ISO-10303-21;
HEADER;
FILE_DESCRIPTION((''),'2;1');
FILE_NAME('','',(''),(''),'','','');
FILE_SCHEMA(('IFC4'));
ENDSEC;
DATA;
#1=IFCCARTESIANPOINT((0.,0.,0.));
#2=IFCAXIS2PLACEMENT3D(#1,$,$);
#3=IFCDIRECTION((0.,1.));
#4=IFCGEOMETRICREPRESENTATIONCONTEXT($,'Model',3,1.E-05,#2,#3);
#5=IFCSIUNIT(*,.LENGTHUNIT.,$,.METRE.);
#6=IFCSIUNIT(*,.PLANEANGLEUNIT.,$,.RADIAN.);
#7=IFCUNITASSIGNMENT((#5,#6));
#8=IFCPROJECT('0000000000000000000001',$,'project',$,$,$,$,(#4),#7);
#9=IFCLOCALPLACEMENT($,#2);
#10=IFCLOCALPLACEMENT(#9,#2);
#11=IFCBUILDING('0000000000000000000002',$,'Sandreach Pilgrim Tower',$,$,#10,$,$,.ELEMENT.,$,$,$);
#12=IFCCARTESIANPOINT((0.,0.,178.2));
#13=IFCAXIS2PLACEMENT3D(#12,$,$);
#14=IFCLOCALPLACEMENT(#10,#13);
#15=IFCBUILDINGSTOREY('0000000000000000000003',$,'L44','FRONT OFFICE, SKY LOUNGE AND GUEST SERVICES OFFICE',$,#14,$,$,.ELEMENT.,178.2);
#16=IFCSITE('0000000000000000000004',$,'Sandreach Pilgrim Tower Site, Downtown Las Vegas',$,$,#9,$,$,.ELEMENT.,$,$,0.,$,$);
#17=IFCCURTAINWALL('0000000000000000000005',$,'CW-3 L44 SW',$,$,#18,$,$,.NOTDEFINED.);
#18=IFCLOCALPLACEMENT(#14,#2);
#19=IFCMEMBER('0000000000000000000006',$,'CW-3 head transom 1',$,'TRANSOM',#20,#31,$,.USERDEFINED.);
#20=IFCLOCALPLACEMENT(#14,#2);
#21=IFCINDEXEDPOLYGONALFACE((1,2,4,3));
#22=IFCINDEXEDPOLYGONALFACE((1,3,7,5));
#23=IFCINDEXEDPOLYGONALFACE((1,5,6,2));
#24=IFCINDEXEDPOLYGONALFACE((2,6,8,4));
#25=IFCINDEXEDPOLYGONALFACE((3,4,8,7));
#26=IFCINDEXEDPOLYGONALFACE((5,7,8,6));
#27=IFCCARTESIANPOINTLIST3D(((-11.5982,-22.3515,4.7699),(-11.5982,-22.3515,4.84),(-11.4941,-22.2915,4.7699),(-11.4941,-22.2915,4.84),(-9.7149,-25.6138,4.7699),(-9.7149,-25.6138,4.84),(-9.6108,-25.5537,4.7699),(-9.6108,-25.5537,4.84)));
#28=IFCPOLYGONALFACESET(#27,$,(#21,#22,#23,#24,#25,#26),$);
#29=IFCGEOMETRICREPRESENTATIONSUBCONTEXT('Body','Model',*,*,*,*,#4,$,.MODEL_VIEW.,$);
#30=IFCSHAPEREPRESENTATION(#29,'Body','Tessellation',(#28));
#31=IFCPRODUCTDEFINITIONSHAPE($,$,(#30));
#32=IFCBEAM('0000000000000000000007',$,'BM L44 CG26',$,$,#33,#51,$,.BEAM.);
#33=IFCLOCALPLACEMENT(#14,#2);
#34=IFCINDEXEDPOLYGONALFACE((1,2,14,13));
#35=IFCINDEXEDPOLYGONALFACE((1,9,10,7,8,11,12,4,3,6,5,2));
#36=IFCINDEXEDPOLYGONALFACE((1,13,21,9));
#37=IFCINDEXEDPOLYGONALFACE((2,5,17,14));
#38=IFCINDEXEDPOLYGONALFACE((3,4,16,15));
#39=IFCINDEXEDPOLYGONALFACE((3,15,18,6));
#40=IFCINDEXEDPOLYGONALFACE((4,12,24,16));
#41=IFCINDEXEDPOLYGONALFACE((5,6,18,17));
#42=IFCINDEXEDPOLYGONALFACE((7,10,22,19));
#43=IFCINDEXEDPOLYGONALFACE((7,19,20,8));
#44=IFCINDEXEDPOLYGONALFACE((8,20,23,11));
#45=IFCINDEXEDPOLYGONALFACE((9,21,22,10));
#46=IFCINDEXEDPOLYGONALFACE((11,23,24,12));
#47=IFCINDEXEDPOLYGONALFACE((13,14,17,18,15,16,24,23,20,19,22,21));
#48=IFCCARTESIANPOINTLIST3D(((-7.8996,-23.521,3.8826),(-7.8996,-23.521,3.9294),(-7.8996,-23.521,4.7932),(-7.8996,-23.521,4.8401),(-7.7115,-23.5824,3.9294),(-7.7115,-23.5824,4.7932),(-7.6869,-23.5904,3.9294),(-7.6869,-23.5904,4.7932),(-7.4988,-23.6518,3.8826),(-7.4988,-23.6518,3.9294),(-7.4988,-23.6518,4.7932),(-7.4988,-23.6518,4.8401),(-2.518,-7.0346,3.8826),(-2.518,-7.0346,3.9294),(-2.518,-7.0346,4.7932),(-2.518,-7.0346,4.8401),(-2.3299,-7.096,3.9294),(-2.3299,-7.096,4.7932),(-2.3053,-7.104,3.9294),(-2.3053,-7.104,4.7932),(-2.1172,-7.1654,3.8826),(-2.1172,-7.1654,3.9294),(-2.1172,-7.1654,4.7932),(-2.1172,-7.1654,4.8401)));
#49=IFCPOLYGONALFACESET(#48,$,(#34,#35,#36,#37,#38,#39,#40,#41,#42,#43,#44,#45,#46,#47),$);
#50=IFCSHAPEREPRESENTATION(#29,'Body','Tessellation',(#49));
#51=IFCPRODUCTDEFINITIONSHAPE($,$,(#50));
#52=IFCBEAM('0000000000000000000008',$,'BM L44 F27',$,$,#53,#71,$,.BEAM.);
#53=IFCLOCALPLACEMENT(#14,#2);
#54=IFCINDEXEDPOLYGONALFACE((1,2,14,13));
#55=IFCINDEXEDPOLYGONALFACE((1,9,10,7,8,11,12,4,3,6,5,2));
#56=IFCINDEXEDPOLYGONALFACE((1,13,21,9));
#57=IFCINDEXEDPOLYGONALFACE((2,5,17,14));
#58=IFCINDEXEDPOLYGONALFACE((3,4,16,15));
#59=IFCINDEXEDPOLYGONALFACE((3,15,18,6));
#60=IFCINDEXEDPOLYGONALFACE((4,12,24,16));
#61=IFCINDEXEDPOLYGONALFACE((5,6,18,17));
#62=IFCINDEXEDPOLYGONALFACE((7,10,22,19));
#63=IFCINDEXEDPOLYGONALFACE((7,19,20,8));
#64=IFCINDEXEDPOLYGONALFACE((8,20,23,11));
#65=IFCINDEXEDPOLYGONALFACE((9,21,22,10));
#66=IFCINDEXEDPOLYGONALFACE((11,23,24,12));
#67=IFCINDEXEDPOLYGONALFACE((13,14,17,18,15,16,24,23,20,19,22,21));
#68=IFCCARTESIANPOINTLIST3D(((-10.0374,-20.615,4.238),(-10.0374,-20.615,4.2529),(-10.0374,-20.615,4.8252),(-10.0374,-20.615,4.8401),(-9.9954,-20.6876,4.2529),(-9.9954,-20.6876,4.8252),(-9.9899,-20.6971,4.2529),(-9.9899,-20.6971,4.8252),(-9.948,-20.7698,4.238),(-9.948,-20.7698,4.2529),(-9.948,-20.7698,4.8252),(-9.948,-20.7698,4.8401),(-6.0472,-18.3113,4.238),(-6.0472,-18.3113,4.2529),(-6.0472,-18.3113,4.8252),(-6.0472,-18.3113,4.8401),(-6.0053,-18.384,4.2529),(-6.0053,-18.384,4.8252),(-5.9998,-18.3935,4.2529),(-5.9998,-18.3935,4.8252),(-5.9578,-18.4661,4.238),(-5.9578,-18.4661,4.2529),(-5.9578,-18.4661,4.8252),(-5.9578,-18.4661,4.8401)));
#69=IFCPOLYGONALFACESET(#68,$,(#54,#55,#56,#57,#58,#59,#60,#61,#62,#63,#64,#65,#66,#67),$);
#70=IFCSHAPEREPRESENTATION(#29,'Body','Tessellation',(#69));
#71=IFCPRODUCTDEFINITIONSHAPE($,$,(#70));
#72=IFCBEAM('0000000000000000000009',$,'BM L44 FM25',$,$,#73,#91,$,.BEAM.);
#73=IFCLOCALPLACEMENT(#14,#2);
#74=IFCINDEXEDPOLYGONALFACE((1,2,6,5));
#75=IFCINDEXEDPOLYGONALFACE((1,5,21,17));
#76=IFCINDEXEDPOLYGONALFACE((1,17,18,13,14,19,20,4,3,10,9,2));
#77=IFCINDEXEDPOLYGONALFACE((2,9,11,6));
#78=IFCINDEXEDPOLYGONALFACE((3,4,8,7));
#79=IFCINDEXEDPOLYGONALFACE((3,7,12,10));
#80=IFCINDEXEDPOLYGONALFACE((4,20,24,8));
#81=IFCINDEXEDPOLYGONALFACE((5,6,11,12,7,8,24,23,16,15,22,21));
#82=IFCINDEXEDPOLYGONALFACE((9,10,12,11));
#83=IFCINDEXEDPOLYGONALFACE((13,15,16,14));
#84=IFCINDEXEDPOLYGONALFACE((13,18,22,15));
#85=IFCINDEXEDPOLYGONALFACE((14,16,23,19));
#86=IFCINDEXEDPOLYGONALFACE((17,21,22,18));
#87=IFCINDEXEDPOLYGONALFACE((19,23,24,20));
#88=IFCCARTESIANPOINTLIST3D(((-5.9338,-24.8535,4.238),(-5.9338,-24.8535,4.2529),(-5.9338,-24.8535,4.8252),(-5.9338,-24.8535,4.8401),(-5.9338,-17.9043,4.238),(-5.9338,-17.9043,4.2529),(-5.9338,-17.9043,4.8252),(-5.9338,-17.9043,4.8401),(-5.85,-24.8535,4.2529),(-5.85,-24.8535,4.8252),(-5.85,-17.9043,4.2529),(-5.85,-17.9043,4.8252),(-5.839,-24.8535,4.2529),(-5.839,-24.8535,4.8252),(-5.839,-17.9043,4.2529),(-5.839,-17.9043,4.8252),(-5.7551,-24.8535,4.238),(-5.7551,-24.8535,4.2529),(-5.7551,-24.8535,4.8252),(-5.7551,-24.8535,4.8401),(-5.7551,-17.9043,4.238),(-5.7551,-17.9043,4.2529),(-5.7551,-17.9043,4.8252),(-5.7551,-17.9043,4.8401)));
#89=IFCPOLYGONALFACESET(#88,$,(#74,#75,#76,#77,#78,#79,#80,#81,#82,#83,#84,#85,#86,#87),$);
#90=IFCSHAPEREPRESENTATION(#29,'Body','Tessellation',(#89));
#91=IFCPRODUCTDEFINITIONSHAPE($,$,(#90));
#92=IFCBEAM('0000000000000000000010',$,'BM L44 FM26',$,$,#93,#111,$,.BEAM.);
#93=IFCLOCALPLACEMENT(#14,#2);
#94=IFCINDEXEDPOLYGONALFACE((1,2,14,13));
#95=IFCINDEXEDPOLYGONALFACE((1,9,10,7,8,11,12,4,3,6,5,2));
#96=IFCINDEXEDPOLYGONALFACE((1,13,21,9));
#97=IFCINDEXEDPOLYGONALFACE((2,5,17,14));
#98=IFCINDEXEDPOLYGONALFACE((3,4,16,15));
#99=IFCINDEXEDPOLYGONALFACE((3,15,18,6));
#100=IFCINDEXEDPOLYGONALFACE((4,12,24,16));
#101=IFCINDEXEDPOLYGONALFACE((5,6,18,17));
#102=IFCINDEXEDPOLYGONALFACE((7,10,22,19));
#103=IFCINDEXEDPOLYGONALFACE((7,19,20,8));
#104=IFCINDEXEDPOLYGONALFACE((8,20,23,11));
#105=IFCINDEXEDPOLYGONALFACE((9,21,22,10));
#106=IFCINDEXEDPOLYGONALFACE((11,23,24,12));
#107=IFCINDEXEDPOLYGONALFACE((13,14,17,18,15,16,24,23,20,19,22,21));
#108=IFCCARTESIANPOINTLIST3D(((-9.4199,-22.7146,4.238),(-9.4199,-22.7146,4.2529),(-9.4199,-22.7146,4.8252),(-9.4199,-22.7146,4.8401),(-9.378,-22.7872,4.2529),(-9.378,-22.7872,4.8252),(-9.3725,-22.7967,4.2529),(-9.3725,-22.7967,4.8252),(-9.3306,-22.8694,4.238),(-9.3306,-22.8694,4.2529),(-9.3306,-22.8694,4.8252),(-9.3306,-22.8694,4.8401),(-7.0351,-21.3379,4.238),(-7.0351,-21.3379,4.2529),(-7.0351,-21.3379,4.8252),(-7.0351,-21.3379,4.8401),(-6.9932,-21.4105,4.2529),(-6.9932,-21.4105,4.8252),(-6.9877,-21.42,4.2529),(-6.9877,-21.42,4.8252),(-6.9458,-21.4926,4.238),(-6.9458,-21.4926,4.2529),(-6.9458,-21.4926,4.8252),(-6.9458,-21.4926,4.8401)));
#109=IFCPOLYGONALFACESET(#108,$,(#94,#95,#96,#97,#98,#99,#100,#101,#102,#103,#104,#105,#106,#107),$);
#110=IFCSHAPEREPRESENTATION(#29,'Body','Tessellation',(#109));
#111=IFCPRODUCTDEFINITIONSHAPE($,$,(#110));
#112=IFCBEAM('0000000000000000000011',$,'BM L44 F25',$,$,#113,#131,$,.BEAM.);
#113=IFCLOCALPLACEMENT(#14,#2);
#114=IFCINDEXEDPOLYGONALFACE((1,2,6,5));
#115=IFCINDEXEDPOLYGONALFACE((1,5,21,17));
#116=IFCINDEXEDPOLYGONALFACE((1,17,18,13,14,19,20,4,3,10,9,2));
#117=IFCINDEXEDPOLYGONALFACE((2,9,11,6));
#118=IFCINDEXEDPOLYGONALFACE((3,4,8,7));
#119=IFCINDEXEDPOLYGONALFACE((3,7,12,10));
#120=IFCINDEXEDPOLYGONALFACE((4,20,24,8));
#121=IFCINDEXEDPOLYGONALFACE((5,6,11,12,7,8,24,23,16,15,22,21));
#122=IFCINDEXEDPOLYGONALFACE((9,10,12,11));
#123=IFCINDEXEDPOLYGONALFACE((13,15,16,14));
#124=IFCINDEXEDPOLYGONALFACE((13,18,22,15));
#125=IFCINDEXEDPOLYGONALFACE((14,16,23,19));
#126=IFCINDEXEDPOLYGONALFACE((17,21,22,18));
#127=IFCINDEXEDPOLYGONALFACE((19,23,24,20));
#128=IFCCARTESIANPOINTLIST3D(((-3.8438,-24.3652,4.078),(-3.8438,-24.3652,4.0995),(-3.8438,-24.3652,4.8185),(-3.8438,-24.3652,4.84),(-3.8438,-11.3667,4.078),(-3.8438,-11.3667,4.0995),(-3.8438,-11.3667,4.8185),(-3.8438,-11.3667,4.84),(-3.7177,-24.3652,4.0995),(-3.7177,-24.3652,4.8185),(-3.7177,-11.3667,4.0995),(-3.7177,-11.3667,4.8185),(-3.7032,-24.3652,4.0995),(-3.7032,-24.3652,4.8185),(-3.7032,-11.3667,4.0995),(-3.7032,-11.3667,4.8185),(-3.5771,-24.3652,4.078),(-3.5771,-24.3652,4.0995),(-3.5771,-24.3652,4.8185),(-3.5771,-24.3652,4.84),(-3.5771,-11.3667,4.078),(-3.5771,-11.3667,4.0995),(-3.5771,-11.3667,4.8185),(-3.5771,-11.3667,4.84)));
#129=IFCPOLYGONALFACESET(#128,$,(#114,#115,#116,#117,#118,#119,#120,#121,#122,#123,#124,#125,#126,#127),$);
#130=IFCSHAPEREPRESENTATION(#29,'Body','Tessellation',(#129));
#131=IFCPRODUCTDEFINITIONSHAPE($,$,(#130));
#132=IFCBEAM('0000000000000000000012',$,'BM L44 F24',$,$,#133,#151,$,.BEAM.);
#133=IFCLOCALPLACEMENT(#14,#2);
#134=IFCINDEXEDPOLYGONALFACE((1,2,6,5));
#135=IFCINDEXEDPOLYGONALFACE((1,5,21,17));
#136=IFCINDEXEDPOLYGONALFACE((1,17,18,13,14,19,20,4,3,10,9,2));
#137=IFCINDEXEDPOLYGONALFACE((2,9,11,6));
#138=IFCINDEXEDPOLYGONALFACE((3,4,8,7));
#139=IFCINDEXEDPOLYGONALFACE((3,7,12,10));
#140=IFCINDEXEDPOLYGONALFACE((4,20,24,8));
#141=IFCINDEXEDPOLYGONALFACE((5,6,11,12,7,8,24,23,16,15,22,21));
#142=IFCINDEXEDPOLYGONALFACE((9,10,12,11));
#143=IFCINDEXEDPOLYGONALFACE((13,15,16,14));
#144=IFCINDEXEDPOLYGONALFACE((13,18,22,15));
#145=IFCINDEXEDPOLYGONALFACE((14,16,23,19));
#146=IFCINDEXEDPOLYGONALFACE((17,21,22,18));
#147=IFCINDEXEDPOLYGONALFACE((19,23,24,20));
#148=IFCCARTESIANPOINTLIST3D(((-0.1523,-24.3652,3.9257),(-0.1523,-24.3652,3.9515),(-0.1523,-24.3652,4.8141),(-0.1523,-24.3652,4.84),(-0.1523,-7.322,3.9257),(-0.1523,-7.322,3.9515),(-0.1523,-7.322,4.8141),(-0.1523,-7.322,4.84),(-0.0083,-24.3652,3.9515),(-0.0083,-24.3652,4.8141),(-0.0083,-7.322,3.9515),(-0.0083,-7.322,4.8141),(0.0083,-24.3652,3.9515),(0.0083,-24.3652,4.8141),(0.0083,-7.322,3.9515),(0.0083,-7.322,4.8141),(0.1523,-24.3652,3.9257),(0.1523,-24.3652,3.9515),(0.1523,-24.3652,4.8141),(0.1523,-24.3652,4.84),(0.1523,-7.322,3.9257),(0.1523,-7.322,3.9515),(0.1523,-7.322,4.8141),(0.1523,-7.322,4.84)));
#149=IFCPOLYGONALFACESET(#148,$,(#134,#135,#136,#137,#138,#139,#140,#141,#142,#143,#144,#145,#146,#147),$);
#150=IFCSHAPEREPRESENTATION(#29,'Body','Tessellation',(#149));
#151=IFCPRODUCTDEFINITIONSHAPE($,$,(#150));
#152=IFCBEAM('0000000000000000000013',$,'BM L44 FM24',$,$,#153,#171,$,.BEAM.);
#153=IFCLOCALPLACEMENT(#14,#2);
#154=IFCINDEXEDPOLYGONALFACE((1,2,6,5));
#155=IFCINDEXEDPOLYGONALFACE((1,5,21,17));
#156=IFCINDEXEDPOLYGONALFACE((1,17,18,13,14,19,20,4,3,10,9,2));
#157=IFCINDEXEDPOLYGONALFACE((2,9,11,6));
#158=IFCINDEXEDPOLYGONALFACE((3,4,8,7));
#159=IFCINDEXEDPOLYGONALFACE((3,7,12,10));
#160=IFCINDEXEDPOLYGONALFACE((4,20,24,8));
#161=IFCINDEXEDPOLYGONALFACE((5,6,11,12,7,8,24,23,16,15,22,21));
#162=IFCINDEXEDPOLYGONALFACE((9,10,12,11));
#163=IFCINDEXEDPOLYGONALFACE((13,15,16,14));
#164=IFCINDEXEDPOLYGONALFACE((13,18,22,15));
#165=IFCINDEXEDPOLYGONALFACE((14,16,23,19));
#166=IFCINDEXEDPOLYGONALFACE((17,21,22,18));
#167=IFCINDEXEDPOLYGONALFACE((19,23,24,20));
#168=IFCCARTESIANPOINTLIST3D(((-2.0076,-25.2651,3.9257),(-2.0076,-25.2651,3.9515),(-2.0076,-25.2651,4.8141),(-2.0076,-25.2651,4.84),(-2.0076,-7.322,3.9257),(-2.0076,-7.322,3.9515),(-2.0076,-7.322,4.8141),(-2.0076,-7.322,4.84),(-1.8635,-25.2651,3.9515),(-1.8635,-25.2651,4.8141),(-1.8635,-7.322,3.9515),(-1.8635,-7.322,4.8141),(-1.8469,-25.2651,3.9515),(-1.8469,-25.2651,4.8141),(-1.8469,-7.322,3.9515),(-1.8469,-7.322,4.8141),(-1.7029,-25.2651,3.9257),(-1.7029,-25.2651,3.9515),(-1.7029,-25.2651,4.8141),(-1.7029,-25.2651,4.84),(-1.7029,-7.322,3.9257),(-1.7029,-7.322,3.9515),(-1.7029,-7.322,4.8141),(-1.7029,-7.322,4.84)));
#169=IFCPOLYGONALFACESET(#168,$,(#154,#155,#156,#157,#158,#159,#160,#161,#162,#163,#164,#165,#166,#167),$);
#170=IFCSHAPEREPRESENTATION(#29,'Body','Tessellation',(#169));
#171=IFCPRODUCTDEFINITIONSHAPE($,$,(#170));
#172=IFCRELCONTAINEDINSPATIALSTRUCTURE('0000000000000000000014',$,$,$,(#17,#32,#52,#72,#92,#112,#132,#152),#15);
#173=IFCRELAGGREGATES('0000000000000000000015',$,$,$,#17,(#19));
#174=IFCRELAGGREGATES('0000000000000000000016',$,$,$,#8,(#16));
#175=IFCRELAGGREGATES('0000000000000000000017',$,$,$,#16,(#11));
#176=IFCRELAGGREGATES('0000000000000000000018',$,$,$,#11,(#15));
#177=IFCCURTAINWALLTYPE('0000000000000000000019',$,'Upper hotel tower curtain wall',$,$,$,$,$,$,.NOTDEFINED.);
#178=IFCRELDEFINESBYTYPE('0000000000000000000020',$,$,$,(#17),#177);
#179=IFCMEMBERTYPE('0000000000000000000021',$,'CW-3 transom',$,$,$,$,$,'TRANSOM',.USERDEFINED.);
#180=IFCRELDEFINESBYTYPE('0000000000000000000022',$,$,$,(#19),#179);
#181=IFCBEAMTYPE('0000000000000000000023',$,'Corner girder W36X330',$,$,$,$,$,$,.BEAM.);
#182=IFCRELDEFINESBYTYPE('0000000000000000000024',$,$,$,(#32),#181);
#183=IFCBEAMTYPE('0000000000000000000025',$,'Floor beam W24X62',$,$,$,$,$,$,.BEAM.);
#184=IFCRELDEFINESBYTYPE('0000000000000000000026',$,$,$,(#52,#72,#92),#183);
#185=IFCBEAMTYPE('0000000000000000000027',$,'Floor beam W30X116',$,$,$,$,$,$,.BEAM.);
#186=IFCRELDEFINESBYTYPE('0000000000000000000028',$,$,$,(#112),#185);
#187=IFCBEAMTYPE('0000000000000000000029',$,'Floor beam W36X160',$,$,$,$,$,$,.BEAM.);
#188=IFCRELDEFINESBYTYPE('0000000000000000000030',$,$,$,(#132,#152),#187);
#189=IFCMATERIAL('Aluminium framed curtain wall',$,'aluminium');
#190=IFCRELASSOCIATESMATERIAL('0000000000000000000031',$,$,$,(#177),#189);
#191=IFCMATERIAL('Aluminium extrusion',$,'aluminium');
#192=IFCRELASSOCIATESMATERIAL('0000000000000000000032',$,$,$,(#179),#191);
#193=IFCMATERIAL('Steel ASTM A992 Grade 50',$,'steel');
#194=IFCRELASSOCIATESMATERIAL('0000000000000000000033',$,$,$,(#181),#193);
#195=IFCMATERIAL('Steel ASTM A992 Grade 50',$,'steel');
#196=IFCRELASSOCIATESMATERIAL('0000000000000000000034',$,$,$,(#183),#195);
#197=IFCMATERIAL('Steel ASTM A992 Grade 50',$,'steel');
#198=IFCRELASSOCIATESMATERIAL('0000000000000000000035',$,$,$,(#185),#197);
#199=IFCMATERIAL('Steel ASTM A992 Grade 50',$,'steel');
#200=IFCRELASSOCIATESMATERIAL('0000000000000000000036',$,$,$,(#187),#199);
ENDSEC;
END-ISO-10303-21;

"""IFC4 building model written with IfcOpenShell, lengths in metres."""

from ifc_helpers import new_model, si_unit, direction, frame, origin, origin_2d, place, context, subcontext, project, spatial, rectangle, i_section, extrude, material, material_profile, profile_set, type_object, element, aggregate, save


model = new_model("IFC4")

# Units and contexts
model_context = context("Model", 3, precision=1e-05, world=origin(), true_north=direction((0.0, 1.0)))
body_context = subcontext(model_context, "Body", "Model", "MODEL_VIEW")
ifc_project = project(units=[si_unit("LENGTHUNIT", "METRE"), si_unit("PLANEANGLEUNIT", "RADIAN")], contexts=[model_context])

# Site, building, storey
site_placement = place(None, origin())
site = spatial("IfcSite", under=ifc_project, at=site_placement, Name="Sandreach Pilgrim Tower Site, Downtown Las Vegas", CompositionType="ELEMENT", RefElevation=0.0)
building_placement = place(site_placement, origin())
building = spatial("IfcBuilding", under=site, at=building_placement, Name="Sandreach Pilgrim Tower", CompositionType="ELEMENT")
storey_placement = place(building_placement, frame((0.0, 0.0, 178.2)))
storey = spatial("IfcBuildingStorey", under=building, at=storey_placement, Name="L44", Description="FRONT OFFICE, SKY LOUNGE AND GUEST SERVICES OFFICE", CompositionType="ELEMENT", Elevation=178.2)

# Curtain wall, member
ifc_material_1 = material(Name="Aluminium framed curtain wall", Category="aluminium")
curtain_wall_type = type_object("IfcCurtainWallType", Name="Upper hotel tower curtain wall", PredefinedType="NOTDEFINED", material=ifc_material_1)
curtain_wall_placement = place(storey_placement, origin())
curtain_wall = element("IfcCurtainWall", 1, at=curtain_wall_placement, inside=storey, type_object=curtain_wall_type, Name="CW-3 L44 SW", PredefinedType="NOTDEFINED")
ifc_material_2 = material(Name="Aluminium extrusion", Category="aluminium")
ifc_material_profile_1 = material_profile(ifc_material_2, rectangle(XDim=0.1201, YDim=0.0701, at=origin_2d()), Name="CW-3T 120X70")
ifc_profile_set_1 = profile_set([ifc_material_profile_1], Name="Aluminium extrusion")
member_type = type_object("IfcMemberType", Name="CW-3 transom", ElementType="TRANSOM", PredefinedType="USERDEFINED", material=ifc_profile_set_1)
member_placement = place(storey_placement, frame((-9.6628, -25.5837, 4.8049), z_axis=(-0.499973, 0.866041, 0.0), x_axis=(-0.866041, -0.499973, 0.0)))
member = element("IfcMember", 2, at=member_placement, type_object=member_type, Name="CW-3 head transom 1", ObjectType="TRANSOM", PredefinedType="USERDEFINED", context=body_context, shape_type="SweptSolid", body=[
    extrude(rectangle(XDim=0.1201, YDim=0.0701, at=origin_2d()), origin(), (0.0, 0.0, 1.0), 3.7668),
])
aggregate(curtain_wall, [member])

# Beams
ifc_material_3 = material(Name="Steel ASTM A992 Grade 50", Category="steel")
ifc_material_profile_2 = material_profile(ifc_material_3, i_section(OverallWidth=0.4216, OverallDepth=0.9575, WebThickness=0.0259, FlangeThickness=0.0469, at=origin_2d()), Name="W36X330")
ifc_profile_set_2 = profile_set([ifc_material_profile_2], Name="Steel ASTM A992 Grade 50")
beam_type_1 = type_object("IfcBeamType", Name="Corner girder W36X330", PredefinedType="BEAM", material=ifc_profile_set_2)
beam_1_placement = place(storey_placement, frame((-7.6992, -23.5864, 4.3613), z_axis=(0.310313, 0.950634, 0.0), x_axis=(-0.950634, 0.310313, 0.0)))
element("IfcBeam", 3, at=beam_1_placement, inside=storey, type_object=beam_type_1, Name="BM L44 CG26", PredefinedType="BEAM", context=body_context, shape_type="SweptSolid", body=[
    extrude(i_section(OverallWidth=0.4216, OverallDepth=0.9575, WebThickness=0.0259, FlangeThickness=0.0469, at=origin_2d()), origin(), (0.0, 0.0, 1.0), 17.3425),
])
ifc_material_4 = material(Name="Steel ASTM A992 Grade 50", Category="steel")
ifc_material_profile_3 = material_profile(ifc_material_4, i_section(OverallWidth=0.1787, OverallDepth=0.6021, WebThickness=0.011, FlangeThickness=0.0149, at=origin_2d()), Name="W24X62")
ifc_profile_set_3 = profile_set([ifc_material_profile_3], Name="Steel ASTM A992 Grade 50")
beam_type_2 = type_object("IfcBeamType", Name="Floor beam W24X62", PredefinedType="BEAM", material=ifc_profile_set_3)
beam_2_placement = place(storey_placement, frame((-9.9927, -20.6924, 4.5391), z_axis=(0.86603, 0.499992, 0.0), x_axis=(-0.499992, 0.86603, 0.0)))
element("IfcBeam", 4, at=beam_2_placement, inside=storey, type_object=beam_type_2, Name="BM L44 F27", PredefinedType="BEAM", context=body_context, shape_type="SweptSolid", body=[
    extrude(i_section(OverallWidth=0.1787, OverallDepth=0.6021, WebThickness=0.011, FlangeThickness=0.0149, at=origin_2d()), origin(), (0.0, 0.0, 1.0), 4.6074),
])
beam_3_placement = place(storey_placement, frame((-5.8445, -24.8535, 4.5391), z_axis=(0.0, 1.0, 0.0), x_axis=(-1.0, 0.0, 0.0)))
element("IfcBeam", 5, at=beam_3_placement, inside=storey, type_object=beam_type_2, Name="BM L44 FM25", PredefinedType="BEAM", context=body_context, shape_type="SweptSolid", body=[
    extrude(i_section(OverallWidth=0.1787, OverallDepth=0.6021, WebThickness=0.011, FlangeThickness=0.0149, at=origin_2d()), origin(), (0.0, 0.0, 1.0), 6.9492),
])
beam_4_placement = place(storey_placement, frame((-9.3752, -22.792, 4.5391), z_axis=(0.866047, 0.499963, 0.0), x_axis=(-0.499963, 0.866047, 0.0)))
element("IfcBeam", 6, at=beam_4_placement, inside=storey, type_object=beam_type_2, Name="BM L44 FM26", PredefinedType="BEAM", context=body_context, shape_type="SweptSolid", body=[
    extrude(i_section(OverallWidth=0.1787, OverallDepth=0.6021, WebThickness=0.011, FlangeThickness=0.0149, at=origin_2d()), origin(), (0.0, 0.0, 1.0), 2.7537),
])
ifc_material_5 = material(Name="Steel ASTM A992 Grade 50", Category="steel")
ifc_material_profile_4 = material_profile(ifc_material_5, i_section(OverallWidth=0.2666, OverallDepth=0.762, WebThickness=0.0144, FlangeThickness=0.0215, at=origin_2d()), Name="W30X116")
ifc_profile_set_4 = profile_set([ifc_material_profile_4], Name="Steel ASTM A992 Grade 50")
beam_type_3 = type_object("IfcBeamType", Name="Floor beam W30X116", PredefinedType="BEAM", material=ifc_profile_set_4)
beam_5_placement = place(storey_placement, frame((-3.7104, -24.3652, 4.459), z_axis=(0.0, 1.0, 0.0), x_axis=(-1.0, 0.0, 0.0)))
element("IfcBeam", 7, at=beam_5_placement, inside=storey, type_object=beam_type_3, Name="BM L44 F25", PredefinedType="BEAM", context=body_context, shape_type="SweptSolid", body=[
    extrude(i_section(OverallWidth=0.2666, OverallDepth=0.762, WebThickness=0.0144, FlangeThickness=0.0215, at=origin_2d()), origin(), (0.0, 0.0, 1.0), 12.9985),
])
ifc_material_6 = material(Name="Steel ASTM A992 Grade 50", Category="steel")
ifc_material_profile_5 = material_profile(ifc_material_6, i_section(OverallWidth=0.3047, OverallDepth=0.9143, WebThickness=0.0166, FlangeThickness=0.0259, at=origin_2d()), Name="W36X160")
ifc_profile_set_5 = profile_set([ifc_material_profile_5], Name="Steel ASTM A992 Grade 50")
beam_type_4 = type_object("IfcBeamType", Name="Floor beam W36X160", PredefinedType="BEAM", material=ifc_profile_set_5)
beam_6_placement = place(storey_placement, frame((0.0, -24.3652, 4.3828), z_axis=(0.0, 1.0, 0.0), x_axis=(-1.0, 0.0, 0.0)))
element("IfcBeam", 8, at=beam_6_placement, inside=storey, type_object=beam_type_4, Name="BM L44 F24", PredefinedType="BEAM", context=body_context, shape_type="SweptSolid", body=[
    extrude(i_section(OverallWidth=0.3047, OverallDepth=0.9143, WebThickness=0.0166, FlangeThickness=0.0259, at=origin_2d()), origin(), (0.0, 0.0, 1.0), 17.0432),
])
beam_7_placement = place(storey_placement, frame((-1.8552, -25.2651, 4.3828), z_axis=(0.0, 1.0, 0.0), x_axis=(-1.0, 0.0, 0.0)))
element("IfcBeam", 9, at=beam_7_placement, inside=storey, type_object=beam_type_4, Name="BM L44 FM24", PredefinedType="BEAM", context=body_context, shape_type="SweptSolid", body=[
    extrude(i_section(OverallWidth=0.3047, OverallDepth=0.9143, WebThickness=0.0166, FlangeThickness=0.0259, at=origin_2d()), origin(), (0.0, 0.0, 1.0), 17.9431),
])

save(model, "model.ifc")
